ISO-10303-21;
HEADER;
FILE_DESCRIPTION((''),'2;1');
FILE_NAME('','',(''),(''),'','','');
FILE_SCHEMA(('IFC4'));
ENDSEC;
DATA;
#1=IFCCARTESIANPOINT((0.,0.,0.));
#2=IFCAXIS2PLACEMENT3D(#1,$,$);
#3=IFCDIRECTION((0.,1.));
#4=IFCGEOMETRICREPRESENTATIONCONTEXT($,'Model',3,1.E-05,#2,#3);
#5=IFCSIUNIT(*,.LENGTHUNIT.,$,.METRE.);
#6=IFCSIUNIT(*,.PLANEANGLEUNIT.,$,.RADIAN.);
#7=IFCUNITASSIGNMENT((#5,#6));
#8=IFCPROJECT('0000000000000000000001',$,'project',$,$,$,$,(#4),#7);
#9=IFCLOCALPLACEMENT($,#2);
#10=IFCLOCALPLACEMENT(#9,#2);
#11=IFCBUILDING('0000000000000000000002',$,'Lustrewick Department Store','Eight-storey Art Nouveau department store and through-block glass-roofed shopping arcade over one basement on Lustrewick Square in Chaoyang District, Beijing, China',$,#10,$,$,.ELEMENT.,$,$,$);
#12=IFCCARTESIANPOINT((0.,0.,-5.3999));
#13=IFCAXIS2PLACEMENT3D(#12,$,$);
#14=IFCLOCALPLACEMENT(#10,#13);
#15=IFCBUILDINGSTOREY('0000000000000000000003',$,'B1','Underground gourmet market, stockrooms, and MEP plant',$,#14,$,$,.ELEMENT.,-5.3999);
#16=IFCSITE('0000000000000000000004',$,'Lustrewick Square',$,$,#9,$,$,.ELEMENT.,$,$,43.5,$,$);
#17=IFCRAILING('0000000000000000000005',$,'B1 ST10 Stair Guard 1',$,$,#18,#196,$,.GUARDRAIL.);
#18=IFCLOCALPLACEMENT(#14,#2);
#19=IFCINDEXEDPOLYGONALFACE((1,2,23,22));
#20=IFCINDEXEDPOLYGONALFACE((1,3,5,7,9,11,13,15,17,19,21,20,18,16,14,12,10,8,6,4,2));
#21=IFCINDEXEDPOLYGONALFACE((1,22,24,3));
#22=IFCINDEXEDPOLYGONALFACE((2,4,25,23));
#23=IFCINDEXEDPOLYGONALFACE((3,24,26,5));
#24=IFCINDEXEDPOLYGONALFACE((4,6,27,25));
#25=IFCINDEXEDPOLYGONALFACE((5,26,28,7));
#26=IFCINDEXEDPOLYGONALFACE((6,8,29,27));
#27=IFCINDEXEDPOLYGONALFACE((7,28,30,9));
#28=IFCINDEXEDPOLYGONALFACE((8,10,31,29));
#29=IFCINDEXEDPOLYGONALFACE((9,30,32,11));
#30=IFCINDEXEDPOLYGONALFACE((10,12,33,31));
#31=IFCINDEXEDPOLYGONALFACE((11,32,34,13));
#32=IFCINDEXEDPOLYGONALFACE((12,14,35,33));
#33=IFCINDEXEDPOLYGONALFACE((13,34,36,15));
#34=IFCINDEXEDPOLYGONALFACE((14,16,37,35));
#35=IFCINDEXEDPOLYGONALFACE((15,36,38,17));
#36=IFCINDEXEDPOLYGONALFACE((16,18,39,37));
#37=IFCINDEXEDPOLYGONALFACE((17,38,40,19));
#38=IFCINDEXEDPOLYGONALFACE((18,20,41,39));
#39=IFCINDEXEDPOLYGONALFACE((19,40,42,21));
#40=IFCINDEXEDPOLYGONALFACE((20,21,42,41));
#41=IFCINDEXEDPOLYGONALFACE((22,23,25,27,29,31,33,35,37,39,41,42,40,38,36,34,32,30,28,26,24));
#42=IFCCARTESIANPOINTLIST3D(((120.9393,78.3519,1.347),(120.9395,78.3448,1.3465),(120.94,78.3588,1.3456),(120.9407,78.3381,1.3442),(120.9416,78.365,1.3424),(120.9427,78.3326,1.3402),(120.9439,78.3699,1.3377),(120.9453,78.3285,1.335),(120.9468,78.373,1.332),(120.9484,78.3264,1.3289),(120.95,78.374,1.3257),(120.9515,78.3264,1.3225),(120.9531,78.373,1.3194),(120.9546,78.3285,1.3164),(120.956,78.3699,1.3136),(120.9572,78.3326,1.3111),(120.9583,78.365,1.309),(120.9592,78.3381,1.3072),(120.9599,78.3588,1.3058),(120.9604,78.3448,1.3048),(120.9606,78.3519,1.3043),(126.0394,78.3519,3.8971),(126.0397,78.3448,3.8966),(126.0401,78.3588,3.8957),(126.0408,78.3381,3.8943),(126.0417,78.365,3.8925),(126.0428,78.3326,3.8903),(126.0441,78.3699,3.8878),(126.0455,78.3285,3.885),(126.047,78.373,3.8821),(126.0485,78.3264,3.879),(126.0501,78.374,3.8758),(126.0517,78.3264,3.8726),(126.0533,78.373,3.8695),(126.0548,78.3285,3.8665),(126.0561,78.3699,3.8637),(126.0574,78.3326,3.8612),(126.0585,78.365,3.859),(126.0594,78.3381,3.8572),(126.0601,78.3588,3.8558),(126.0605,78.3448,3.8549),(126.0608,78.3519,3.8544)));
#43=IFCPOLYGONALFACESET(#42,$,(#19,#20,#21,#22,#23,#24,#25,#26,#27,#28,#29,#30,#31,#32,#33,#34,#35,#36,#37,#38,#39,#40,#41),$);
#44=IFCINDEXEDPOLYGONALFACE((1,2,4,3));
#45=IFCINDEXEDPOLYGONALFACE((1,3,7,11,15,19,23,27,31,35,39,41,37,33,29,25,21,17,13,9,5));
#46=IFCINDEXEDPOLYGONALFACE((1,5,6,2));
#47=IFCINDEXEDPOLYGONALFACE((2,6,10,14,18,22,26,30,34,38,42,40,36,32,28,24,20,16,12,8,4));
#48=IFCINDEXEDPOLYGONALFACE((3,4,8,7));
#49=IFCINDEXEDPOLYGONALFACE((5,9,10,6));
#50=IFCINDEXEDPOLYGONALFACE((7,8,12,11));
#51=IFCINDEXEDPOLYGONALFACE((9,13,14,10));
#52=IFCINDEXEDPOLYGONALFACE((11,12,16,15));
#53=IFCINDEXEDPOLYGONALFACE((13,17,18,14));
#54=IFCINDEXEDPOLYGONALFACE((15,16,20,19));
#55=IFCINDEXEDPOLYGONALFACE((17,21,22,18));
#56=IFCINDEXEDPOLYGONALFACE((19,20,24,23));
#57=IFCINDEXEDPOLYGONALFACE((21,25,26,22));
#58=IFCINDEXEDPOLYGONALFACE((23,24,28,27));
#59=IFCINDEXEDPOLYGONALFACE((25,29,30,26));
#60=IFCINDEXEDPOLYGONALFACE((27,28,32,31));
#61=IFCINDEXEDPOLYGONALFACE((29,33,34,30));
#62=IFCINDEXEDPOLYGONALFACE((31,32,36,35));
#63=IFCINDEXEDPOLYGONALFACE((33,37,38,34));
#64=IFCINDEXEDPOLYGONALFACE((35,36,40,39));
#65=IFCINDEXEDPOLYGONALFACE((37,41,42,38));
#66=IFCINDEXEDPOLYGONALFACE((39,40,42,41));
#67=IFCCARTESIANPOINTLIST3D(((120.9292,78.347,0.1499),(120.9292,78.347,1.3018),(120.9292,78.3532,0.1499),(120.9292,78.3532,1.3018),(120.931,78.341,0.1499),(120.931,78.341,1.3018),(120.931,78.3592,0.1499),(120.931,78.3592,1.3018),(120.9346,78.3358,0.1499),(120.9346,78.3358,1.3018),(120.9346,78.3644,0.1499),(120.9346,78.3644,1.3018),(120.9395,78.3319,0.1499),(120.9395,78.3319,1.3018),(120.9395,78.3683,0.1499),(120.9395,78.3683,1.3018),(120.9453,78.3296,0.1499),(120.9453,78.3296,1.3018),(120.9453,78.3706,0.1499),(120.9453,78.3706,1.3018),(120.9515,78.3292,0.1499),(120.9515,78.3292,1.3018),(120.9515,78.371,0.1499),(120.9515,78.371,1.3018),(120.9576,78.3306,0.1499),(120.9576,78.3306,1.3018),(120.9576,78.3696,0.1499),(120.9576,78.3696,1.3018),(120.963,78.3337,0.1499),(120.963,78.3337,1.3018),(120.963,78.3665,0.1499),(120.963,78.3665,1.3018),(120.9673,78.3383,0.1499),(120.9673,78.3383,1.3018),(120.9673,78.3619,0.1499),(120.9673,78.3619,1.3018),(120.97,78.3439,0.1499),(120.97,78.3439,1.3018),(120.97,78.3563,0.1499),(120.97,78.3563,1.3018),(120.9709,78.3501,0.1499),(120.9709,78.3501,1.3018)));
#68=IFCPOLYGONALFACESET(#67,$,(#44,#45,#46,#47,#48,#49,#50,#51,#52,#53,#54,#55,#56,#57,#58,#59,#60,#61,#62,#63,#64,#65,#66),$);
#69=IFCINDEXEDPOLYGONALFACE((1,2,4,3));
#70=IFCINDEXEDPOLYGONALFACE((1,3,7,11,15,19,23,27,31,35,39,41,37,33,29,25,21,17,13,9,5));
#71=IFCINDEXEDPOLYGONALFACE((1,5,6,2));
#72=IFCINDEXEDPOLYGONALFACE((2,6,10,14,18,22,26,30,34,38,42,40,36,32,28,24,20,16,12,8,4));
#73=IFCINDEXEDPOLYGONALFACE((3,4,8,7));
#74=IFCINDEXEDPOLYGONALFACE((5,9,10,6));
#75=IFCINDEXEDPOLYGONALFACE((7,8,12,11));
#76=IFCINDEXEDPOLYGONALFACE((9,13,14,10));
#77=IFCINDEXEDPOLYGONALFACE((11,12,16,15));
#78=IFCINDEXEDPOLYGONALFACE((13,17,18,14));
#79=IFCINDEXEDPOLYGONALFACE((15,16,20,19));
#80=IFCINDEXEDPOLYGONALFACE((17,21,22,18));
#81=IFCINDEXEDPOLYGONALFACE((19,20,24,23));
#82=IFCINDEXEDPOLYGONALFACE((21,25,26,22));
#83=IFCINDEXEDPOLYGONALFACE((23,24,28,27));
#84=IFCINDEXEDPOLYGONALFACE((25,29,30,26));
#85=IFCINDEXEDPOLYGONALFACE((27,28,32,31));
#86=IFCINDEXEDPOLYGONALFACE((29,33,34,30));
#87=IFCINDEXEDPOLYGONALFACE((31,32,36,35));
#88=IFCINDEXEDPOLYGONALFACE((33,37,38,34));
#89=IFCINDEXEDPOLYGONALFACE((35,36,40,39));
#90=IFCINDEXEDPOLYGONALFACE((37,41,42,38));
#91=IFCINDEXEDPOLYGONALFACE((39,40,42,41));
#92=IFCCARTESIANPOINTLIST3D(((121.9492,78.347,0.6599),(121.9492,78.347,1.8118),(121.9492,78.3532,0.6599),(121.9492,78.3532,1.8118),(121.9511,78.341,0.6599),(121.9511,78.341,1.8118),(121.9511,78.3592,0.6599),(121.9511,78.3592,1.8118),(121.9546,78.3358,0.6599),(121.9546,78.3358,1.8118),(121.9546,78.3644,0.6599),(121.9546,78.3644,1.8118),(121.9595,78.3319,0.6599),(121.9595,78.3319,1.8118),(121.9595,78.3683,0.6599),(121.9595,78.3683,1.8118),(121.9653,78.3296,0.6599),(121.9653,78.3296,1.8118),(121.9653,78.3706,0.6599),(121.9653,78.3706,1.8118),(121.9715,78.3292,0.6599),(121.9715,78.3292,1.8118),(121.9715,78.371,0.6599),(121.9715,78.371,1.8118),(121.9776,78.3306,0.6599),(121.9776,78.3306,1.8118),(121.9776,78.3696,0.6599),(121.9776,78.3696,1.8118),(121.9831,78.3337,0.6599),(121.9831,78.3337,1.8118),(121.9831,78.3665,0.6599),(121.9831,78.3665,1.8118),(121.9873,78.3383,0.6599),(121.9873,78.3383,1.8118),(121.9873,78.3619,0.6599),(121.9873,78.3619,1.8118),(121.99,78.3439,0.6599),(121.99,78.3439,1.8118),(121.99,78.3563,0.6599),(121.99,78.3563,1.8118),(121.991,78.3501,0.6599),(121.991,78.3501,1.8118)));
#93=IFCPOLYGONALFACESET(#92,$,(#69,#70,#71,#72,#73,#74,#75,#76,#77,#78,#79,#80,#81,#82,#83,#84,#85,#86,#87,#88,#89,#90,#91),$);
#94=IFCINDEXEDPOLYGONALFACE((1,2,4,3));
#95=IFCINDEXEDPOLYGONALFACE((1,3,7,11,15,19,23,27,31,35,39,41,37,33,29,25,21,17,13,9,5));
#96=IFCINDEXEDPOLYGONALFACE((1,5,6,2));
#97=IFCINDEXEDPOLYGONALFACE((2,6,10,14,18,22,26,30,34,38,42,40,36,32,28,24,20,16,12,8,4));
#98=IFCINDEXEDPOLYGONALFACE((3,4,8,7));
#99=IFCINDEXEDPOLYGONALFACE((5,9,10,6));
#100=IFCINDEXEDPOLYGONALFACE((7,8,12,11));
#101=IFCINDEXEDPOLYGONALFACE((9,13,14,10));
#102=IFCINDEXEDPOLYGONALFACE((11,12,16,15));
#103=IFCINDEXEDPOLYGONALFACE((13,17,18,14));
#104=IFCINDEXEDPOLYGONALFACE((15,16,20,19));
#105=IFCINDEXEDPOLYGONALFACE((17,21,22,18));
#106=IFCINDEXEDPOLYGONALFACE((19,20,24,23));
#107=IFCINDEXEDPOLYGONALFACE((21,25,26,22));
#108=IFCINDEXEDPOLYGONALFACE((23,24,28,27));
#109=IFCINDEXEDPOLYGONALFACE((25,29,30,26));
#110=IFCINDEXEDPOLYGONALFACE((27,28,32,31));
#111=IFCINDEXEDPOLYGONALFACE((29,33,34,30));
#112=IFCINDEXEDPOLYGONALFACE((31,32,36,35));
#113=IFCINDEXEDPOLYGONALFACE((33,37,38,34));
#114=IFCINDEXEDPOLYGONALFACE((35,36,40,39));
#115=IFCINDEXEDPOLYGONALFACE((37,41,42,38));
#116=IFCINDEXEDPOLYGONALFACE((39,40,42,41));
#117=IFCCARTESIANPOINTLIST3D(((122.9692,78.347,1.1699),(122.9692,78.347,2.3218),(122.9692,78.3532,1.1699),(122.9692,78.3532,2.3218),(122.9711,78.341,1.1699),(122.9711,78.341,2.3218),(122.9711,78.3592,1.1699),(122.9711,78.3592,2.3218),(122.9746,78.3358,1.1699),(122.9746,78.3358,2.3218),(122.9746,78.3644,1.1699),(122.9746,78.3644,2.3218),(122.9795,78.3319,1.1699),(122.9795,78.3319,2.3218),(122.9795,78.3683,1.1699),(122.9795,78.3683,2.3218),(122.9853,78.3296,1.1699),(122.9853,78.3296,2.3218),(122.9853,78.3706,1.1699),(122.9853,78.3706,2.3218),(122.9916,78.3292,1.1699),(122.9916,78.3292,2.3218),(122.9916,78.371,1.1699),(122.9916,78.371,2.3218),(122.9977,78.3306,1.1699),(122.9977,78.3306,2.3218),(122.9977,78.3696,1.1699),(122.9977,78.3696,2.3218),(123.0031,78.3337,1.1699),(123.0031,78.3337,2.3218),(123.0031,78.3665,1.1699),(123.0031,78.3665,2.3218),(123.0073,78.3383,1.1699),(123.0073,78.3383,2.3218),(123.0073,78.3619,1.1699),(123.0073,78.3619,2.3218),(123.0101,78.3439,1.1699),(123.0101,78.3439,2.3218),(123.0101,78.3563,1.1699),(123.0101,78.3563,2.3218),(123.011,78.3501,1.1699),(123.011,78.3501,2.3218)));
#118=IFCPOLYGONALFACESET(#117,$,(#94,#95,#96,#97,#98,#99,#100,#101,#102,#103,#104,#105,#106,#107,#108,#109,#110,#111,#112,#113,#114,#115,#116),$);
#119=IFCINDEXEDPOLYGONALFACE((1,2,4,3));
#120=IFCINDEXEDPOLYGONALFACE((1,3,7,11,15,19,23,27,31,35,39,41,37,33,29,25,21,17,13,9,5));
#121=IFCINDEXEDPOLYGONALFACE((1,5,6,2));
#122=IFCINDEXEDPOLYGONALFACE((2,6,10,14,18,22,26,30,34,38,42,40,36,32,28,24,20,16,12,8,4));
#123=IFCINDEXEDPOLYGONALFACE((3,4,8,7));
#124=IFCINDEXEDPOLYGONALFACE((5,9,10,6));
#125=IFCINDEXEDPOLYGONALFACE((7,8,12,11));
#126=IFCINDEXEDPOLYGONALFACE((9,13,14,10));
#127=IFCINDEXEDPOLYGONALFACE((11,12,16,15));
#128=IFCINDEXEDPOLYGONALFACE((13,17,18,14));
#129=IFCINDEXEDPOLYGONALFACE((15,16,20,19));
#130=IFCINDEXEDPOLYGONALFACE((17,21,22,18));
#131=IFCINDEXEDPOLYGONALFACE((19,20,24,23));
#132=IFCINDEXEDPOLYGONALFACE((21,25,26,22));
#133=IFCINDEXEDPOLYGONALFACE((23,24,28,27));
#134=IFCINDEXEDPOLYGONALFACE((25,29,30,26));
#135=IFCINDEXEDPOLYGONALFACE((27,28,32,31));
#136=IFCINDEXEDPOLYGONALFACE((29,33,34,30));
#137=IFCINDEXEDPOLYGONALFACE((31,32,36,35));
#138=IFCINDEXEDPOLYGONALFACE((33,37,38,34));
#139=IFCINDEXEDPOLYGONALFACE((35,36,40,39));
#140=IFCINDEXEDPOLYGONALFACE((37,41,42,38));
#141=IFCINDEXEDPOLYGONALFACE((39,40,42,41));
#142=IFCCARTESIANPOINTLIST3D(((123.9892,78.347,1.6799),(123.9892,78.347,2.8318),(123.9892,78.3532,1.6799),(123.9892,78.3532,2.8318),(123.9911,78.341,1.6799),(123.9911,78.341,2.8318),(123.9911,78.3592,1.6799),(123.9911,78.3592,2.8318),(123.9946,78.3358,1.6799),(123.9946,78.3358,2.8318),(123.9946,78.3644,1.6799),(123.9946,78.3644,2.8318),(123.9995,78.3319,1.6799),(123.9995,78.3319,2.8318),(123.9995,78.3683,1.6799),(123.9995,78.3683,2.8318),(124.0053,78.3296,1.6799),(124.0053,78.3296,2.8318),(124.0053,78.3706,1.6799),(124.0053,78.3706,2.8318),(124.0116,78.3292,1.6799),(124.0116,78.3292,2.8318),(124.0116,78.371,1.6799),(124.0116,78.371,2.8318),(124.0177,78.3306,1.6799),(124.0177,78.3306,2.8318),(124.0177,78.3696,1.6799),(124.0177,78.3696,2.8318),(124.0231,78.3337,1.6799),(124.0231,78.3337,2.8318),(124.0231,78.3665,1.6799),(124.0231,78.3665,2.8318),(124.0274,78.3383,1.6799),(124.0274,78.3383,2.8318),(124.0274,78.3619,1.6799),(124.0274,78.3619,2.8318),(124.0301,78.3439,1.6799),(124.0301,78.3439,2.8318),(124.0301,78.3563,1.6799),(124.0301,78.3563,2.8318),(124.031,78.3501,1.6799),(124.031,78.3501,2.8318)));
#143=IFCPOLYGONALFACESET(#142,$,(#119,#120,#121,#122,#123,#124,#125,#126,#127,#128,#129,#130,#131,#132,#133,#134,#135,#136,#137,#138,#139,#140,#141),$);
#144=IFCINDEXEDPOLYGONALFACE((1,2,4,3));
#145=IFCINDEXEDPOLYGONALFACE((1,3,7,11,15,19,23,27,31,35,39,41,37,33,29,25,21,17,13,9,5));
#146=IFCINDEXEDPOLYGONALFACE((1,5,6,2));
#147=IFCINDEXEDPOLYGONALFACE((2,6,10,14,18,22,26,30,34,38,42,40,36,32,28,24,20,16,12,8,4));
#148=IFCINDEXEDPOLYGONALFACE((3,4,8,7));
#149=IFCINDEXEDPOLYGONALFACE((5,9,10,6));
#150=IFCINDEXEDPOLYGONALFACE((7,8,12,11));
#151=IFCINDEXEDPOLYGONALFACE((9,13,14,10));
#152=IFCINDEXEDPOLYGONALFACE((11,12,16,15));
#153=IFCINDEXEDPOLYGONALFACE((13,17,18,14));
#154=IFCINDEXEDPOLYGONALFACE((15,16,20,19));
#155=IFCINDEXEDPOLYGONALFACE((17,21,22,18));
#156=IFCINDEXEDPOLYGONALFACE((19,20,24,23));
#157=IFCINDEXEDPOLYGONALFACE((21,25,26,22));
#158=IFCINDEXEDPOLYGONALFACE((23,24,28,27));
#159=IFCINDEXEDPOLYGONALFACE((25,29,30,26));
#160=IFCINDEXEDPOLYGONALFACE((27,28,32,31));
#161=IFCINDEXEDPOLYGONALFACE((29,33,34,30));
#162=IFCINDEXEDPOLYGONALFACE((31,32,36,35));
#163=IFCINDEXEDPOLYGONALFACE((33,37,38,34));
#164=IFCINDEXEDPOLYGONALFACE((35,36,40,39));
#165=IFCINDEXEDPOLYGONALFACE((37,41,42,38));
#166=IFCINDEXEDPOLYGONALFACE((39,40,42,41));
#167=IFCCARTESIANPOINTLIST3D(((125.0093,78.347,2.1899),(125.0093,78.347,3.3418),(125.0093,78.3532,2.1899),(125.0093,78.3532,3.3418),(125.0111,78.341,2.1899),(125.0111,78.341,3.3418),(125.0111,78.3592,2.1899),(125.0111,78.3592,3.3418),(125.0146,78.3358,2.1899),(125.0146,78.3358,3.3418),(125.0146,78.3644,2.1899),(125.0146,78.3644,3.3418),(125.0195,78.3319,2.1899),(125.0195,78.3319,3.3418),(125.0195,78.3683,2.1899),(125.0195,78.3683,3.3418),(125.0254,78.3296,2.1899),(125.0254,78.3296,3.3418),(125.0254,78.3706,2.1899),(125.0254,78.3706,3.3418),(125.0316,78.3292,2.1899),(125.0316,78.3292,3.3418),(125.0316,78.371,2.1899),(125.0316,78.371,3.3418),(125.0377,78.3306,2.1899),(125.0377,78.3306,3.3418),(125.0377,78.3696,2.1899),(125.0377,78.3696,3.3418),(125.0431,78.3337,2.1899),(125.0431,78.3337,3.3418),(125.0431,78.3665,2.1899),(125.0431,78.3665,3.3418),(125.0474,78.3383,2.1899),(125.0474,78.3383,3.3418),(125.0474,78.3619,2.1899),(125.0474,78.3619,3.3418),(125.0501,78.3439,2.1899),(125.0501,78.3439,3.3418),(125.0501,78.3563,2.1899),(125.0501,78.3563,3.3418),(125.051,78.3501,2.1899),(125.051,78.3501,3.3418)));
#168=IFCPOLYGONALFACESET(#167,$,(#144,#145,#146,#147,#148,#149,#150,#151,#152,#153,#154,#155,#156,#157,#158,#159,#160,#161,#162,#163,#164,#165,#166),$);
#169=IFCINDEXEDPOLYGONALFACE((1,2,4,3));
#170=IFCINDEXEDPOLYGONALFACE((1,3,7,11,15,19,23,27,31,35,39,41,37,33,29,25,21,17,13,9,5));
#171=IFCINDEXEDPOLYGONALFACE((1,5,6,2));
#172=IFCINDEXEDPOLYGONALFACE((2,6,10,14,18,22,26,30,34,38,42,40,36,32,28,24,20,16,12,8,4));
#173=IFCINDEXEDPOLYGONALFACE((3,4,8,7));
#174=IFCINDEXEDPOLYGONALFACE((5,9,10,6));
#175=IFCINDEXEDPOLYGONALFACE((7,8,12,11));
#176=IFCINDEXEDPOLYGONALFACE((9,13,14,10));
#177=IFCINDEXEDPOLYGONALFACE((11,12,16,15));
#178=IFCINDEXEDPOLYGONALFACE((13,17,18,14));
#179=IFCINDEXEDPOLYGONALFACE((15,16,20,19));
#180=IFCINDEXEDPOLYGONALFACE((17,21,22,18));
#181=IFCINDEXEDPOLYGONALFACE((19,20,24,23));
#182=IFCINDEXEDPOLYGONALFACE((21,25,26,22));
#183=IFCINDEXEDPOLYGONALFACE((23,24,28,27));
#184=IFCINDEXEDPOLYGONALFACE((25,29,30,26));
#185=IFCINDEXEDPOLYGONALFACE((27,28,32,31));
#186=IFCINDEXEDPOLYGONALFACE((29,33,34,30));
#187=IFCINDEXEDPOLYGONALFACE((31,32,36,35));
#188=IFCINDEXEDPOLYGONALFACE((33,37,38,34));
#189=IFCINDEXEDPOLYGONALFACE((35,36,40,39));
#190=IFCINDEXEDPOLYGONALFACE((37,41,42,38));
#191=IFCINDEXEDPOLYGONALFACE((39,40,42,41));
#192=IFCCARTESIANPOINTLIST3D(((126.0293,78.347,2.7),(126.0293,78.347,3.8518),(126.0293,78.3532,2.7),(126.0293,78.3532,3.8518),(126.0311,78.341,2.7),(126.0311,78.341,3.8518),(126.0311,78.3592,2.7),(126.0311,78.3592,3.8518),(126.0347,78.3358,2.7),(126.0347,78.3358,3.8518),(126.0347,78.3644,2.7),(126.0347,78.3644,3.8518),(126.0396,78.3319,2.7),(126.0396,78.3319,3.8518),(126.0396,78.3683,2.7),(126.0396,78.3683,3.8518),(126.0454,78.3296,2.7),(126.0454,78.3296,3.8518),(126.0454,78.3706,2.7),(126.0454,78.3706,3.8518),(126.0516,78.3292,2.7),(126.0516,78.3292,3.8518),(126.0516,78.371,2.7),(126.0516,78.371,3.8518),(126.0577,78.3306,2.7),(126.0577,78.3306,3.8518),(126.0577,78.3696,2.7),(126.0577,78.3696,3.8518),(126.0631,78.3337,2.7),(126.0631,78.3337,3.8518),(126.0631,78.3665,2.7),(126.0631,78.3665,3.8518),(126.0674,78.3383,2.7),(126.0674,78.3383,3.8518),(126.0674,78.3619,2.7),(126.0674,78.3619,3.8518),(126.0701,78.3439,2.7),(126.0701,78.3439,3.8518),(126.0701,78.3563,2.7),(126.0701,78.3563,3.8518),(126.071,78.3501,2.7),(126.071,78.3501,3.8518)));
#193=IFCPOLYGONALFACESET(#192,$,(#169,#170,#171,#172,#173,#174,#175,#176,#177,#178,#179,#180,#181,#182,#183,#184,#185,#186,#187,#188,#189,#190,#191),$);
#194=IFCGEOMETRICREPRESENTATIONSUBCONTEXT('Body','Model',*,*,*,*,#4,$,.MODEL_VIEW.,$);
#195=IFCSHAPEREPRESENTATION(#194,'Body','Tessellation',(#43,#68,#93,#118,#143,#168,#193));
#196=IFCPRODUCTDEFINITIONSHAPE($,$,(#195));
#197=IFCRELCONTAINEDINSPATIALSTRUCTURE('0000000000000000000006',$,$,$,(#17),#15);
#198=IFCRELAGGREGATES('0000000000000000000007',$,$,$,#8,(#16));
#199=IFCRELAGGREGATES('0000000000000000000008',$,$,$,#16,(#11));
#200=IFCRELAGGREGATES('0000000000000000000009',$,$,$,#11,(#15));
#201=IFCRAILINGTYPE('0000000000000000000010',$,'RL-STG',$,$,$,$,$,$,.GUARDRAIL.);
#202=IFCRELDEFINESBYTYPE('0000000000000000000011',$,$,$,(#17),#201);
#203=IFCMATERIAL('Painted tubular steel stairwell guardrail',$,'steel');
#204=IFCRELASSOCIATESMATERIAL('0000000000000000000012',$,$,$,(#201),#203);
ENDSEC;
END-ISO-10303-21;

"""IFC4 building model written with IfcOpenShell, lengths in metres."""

from ifc_helpers import new_model, si_unit, direction, frame, origin, origin_2d, place, context, subcontext, project, spatial, circle, extrude, material, type_object, element, save


model = new_model("IFC4")

# Units and contexts
model_context = context("Model", 3, precision=1e-05, world=origin(), true_north=direction((0.0, 1.0)))
body_context = subcontext(model_context, "Body", "Model", "MODEL_VIEW")
ifc_project = project(units=[si_unit("LENGTHUNIT", "METRE"), si_unit("PLANEANGLEUNIT", "RADIAN")], contexts=[model_context])

# Site, building, storey
site_placement = place(None, origin())
site = spatial("IfcSite", under=ifc_project, at=site_placement, Name="Lustrewick Square", CompositionType="ELEMENT", RefElevation=43.5)
building_placement = place(site_placement, origin())
building = spatial("IfcBuilding", under=site, at=building_placement, Name="Lustrewick Department Store", Description="Eight-storey Art Nouveau department store and through-block glass-roofed shopping arcade over one basement on Lustrewick Square in Chaoyang District, Beijing, China", CompositionType="ELEMENT")
storey_placement = place(building_placement, frame((0.0, 0.0, -5.3999)))
storey = spatial("IfcBuildingStorey", under=building, at=storey_placement, Name="B1", Description="Underground gourmet market, stockrooms, and MEP plant", CompositionType="ELEMENT", Elevation=-5.3999)

# Railing
ifc_material_1 = material(Name="Painted tubular steel stairwell guardrail", Category="steel")
railing_type_1 = type_object("IfcRailingType", Name="RL-STG", PredefinedType="GUARDRAIL", material=ifc_material_1)
railing_1_placement = place(storey_placement, frame((120.95, 78.3501, 0.1499)))
element("IfcRailing", 1, at=railing_1_placement, inside=storey, type_object=railing_type_1, Name="B1 ST10 Stair Guard 1", PredefinedType="GUARDRAIL", context=body_context, shape_type="SweptSolid", body=[
    extrude(circle(Radius=0.0239, at=origin_2d()), frame((0.0, 0.0, 1.1758), z_axis=(0.894427, 0.0, 0.447214), x_axis=(0.0, 1.0, 0.0)), (0.0, 0.0, 1.0), 5.7021),
    extrude(circle(Radius=0.021, at=origin_2d()), origin(), (0.0, 0.0, 1.0), 1.1519),
    extrude(circle(Radius=0.021, at=origin_2d()), frame((1.02, 0.0, 0.51)), (0.0, 0.0, 1.0), 1.1519),
    extrude(circle(Radius=0.021, at=origin_2d()), frame((2.04, 0.0, 1.02)), (0.0, 0.0, 1.0), 1.1519),
    extrude(circle(Radius=0.021, at=origin_2d()), frame((3.0601, 0.0, 1.53)), (0.0, 0.0, 1.0), 1.1519),
    extrude(circle(Radius=0.021, at=origin_2d()), frame((4.0801, 0.0, 2.04)), (0.0, 0.0, 1.0), 1.1519),
    extrude(circle(Radius=0.021, at=origin_2d()), frame((5.1001, 0.0, 2.55)), (0.0, 0.0, 1.0), 1.1519),
])

save(model, "model.ifc")
